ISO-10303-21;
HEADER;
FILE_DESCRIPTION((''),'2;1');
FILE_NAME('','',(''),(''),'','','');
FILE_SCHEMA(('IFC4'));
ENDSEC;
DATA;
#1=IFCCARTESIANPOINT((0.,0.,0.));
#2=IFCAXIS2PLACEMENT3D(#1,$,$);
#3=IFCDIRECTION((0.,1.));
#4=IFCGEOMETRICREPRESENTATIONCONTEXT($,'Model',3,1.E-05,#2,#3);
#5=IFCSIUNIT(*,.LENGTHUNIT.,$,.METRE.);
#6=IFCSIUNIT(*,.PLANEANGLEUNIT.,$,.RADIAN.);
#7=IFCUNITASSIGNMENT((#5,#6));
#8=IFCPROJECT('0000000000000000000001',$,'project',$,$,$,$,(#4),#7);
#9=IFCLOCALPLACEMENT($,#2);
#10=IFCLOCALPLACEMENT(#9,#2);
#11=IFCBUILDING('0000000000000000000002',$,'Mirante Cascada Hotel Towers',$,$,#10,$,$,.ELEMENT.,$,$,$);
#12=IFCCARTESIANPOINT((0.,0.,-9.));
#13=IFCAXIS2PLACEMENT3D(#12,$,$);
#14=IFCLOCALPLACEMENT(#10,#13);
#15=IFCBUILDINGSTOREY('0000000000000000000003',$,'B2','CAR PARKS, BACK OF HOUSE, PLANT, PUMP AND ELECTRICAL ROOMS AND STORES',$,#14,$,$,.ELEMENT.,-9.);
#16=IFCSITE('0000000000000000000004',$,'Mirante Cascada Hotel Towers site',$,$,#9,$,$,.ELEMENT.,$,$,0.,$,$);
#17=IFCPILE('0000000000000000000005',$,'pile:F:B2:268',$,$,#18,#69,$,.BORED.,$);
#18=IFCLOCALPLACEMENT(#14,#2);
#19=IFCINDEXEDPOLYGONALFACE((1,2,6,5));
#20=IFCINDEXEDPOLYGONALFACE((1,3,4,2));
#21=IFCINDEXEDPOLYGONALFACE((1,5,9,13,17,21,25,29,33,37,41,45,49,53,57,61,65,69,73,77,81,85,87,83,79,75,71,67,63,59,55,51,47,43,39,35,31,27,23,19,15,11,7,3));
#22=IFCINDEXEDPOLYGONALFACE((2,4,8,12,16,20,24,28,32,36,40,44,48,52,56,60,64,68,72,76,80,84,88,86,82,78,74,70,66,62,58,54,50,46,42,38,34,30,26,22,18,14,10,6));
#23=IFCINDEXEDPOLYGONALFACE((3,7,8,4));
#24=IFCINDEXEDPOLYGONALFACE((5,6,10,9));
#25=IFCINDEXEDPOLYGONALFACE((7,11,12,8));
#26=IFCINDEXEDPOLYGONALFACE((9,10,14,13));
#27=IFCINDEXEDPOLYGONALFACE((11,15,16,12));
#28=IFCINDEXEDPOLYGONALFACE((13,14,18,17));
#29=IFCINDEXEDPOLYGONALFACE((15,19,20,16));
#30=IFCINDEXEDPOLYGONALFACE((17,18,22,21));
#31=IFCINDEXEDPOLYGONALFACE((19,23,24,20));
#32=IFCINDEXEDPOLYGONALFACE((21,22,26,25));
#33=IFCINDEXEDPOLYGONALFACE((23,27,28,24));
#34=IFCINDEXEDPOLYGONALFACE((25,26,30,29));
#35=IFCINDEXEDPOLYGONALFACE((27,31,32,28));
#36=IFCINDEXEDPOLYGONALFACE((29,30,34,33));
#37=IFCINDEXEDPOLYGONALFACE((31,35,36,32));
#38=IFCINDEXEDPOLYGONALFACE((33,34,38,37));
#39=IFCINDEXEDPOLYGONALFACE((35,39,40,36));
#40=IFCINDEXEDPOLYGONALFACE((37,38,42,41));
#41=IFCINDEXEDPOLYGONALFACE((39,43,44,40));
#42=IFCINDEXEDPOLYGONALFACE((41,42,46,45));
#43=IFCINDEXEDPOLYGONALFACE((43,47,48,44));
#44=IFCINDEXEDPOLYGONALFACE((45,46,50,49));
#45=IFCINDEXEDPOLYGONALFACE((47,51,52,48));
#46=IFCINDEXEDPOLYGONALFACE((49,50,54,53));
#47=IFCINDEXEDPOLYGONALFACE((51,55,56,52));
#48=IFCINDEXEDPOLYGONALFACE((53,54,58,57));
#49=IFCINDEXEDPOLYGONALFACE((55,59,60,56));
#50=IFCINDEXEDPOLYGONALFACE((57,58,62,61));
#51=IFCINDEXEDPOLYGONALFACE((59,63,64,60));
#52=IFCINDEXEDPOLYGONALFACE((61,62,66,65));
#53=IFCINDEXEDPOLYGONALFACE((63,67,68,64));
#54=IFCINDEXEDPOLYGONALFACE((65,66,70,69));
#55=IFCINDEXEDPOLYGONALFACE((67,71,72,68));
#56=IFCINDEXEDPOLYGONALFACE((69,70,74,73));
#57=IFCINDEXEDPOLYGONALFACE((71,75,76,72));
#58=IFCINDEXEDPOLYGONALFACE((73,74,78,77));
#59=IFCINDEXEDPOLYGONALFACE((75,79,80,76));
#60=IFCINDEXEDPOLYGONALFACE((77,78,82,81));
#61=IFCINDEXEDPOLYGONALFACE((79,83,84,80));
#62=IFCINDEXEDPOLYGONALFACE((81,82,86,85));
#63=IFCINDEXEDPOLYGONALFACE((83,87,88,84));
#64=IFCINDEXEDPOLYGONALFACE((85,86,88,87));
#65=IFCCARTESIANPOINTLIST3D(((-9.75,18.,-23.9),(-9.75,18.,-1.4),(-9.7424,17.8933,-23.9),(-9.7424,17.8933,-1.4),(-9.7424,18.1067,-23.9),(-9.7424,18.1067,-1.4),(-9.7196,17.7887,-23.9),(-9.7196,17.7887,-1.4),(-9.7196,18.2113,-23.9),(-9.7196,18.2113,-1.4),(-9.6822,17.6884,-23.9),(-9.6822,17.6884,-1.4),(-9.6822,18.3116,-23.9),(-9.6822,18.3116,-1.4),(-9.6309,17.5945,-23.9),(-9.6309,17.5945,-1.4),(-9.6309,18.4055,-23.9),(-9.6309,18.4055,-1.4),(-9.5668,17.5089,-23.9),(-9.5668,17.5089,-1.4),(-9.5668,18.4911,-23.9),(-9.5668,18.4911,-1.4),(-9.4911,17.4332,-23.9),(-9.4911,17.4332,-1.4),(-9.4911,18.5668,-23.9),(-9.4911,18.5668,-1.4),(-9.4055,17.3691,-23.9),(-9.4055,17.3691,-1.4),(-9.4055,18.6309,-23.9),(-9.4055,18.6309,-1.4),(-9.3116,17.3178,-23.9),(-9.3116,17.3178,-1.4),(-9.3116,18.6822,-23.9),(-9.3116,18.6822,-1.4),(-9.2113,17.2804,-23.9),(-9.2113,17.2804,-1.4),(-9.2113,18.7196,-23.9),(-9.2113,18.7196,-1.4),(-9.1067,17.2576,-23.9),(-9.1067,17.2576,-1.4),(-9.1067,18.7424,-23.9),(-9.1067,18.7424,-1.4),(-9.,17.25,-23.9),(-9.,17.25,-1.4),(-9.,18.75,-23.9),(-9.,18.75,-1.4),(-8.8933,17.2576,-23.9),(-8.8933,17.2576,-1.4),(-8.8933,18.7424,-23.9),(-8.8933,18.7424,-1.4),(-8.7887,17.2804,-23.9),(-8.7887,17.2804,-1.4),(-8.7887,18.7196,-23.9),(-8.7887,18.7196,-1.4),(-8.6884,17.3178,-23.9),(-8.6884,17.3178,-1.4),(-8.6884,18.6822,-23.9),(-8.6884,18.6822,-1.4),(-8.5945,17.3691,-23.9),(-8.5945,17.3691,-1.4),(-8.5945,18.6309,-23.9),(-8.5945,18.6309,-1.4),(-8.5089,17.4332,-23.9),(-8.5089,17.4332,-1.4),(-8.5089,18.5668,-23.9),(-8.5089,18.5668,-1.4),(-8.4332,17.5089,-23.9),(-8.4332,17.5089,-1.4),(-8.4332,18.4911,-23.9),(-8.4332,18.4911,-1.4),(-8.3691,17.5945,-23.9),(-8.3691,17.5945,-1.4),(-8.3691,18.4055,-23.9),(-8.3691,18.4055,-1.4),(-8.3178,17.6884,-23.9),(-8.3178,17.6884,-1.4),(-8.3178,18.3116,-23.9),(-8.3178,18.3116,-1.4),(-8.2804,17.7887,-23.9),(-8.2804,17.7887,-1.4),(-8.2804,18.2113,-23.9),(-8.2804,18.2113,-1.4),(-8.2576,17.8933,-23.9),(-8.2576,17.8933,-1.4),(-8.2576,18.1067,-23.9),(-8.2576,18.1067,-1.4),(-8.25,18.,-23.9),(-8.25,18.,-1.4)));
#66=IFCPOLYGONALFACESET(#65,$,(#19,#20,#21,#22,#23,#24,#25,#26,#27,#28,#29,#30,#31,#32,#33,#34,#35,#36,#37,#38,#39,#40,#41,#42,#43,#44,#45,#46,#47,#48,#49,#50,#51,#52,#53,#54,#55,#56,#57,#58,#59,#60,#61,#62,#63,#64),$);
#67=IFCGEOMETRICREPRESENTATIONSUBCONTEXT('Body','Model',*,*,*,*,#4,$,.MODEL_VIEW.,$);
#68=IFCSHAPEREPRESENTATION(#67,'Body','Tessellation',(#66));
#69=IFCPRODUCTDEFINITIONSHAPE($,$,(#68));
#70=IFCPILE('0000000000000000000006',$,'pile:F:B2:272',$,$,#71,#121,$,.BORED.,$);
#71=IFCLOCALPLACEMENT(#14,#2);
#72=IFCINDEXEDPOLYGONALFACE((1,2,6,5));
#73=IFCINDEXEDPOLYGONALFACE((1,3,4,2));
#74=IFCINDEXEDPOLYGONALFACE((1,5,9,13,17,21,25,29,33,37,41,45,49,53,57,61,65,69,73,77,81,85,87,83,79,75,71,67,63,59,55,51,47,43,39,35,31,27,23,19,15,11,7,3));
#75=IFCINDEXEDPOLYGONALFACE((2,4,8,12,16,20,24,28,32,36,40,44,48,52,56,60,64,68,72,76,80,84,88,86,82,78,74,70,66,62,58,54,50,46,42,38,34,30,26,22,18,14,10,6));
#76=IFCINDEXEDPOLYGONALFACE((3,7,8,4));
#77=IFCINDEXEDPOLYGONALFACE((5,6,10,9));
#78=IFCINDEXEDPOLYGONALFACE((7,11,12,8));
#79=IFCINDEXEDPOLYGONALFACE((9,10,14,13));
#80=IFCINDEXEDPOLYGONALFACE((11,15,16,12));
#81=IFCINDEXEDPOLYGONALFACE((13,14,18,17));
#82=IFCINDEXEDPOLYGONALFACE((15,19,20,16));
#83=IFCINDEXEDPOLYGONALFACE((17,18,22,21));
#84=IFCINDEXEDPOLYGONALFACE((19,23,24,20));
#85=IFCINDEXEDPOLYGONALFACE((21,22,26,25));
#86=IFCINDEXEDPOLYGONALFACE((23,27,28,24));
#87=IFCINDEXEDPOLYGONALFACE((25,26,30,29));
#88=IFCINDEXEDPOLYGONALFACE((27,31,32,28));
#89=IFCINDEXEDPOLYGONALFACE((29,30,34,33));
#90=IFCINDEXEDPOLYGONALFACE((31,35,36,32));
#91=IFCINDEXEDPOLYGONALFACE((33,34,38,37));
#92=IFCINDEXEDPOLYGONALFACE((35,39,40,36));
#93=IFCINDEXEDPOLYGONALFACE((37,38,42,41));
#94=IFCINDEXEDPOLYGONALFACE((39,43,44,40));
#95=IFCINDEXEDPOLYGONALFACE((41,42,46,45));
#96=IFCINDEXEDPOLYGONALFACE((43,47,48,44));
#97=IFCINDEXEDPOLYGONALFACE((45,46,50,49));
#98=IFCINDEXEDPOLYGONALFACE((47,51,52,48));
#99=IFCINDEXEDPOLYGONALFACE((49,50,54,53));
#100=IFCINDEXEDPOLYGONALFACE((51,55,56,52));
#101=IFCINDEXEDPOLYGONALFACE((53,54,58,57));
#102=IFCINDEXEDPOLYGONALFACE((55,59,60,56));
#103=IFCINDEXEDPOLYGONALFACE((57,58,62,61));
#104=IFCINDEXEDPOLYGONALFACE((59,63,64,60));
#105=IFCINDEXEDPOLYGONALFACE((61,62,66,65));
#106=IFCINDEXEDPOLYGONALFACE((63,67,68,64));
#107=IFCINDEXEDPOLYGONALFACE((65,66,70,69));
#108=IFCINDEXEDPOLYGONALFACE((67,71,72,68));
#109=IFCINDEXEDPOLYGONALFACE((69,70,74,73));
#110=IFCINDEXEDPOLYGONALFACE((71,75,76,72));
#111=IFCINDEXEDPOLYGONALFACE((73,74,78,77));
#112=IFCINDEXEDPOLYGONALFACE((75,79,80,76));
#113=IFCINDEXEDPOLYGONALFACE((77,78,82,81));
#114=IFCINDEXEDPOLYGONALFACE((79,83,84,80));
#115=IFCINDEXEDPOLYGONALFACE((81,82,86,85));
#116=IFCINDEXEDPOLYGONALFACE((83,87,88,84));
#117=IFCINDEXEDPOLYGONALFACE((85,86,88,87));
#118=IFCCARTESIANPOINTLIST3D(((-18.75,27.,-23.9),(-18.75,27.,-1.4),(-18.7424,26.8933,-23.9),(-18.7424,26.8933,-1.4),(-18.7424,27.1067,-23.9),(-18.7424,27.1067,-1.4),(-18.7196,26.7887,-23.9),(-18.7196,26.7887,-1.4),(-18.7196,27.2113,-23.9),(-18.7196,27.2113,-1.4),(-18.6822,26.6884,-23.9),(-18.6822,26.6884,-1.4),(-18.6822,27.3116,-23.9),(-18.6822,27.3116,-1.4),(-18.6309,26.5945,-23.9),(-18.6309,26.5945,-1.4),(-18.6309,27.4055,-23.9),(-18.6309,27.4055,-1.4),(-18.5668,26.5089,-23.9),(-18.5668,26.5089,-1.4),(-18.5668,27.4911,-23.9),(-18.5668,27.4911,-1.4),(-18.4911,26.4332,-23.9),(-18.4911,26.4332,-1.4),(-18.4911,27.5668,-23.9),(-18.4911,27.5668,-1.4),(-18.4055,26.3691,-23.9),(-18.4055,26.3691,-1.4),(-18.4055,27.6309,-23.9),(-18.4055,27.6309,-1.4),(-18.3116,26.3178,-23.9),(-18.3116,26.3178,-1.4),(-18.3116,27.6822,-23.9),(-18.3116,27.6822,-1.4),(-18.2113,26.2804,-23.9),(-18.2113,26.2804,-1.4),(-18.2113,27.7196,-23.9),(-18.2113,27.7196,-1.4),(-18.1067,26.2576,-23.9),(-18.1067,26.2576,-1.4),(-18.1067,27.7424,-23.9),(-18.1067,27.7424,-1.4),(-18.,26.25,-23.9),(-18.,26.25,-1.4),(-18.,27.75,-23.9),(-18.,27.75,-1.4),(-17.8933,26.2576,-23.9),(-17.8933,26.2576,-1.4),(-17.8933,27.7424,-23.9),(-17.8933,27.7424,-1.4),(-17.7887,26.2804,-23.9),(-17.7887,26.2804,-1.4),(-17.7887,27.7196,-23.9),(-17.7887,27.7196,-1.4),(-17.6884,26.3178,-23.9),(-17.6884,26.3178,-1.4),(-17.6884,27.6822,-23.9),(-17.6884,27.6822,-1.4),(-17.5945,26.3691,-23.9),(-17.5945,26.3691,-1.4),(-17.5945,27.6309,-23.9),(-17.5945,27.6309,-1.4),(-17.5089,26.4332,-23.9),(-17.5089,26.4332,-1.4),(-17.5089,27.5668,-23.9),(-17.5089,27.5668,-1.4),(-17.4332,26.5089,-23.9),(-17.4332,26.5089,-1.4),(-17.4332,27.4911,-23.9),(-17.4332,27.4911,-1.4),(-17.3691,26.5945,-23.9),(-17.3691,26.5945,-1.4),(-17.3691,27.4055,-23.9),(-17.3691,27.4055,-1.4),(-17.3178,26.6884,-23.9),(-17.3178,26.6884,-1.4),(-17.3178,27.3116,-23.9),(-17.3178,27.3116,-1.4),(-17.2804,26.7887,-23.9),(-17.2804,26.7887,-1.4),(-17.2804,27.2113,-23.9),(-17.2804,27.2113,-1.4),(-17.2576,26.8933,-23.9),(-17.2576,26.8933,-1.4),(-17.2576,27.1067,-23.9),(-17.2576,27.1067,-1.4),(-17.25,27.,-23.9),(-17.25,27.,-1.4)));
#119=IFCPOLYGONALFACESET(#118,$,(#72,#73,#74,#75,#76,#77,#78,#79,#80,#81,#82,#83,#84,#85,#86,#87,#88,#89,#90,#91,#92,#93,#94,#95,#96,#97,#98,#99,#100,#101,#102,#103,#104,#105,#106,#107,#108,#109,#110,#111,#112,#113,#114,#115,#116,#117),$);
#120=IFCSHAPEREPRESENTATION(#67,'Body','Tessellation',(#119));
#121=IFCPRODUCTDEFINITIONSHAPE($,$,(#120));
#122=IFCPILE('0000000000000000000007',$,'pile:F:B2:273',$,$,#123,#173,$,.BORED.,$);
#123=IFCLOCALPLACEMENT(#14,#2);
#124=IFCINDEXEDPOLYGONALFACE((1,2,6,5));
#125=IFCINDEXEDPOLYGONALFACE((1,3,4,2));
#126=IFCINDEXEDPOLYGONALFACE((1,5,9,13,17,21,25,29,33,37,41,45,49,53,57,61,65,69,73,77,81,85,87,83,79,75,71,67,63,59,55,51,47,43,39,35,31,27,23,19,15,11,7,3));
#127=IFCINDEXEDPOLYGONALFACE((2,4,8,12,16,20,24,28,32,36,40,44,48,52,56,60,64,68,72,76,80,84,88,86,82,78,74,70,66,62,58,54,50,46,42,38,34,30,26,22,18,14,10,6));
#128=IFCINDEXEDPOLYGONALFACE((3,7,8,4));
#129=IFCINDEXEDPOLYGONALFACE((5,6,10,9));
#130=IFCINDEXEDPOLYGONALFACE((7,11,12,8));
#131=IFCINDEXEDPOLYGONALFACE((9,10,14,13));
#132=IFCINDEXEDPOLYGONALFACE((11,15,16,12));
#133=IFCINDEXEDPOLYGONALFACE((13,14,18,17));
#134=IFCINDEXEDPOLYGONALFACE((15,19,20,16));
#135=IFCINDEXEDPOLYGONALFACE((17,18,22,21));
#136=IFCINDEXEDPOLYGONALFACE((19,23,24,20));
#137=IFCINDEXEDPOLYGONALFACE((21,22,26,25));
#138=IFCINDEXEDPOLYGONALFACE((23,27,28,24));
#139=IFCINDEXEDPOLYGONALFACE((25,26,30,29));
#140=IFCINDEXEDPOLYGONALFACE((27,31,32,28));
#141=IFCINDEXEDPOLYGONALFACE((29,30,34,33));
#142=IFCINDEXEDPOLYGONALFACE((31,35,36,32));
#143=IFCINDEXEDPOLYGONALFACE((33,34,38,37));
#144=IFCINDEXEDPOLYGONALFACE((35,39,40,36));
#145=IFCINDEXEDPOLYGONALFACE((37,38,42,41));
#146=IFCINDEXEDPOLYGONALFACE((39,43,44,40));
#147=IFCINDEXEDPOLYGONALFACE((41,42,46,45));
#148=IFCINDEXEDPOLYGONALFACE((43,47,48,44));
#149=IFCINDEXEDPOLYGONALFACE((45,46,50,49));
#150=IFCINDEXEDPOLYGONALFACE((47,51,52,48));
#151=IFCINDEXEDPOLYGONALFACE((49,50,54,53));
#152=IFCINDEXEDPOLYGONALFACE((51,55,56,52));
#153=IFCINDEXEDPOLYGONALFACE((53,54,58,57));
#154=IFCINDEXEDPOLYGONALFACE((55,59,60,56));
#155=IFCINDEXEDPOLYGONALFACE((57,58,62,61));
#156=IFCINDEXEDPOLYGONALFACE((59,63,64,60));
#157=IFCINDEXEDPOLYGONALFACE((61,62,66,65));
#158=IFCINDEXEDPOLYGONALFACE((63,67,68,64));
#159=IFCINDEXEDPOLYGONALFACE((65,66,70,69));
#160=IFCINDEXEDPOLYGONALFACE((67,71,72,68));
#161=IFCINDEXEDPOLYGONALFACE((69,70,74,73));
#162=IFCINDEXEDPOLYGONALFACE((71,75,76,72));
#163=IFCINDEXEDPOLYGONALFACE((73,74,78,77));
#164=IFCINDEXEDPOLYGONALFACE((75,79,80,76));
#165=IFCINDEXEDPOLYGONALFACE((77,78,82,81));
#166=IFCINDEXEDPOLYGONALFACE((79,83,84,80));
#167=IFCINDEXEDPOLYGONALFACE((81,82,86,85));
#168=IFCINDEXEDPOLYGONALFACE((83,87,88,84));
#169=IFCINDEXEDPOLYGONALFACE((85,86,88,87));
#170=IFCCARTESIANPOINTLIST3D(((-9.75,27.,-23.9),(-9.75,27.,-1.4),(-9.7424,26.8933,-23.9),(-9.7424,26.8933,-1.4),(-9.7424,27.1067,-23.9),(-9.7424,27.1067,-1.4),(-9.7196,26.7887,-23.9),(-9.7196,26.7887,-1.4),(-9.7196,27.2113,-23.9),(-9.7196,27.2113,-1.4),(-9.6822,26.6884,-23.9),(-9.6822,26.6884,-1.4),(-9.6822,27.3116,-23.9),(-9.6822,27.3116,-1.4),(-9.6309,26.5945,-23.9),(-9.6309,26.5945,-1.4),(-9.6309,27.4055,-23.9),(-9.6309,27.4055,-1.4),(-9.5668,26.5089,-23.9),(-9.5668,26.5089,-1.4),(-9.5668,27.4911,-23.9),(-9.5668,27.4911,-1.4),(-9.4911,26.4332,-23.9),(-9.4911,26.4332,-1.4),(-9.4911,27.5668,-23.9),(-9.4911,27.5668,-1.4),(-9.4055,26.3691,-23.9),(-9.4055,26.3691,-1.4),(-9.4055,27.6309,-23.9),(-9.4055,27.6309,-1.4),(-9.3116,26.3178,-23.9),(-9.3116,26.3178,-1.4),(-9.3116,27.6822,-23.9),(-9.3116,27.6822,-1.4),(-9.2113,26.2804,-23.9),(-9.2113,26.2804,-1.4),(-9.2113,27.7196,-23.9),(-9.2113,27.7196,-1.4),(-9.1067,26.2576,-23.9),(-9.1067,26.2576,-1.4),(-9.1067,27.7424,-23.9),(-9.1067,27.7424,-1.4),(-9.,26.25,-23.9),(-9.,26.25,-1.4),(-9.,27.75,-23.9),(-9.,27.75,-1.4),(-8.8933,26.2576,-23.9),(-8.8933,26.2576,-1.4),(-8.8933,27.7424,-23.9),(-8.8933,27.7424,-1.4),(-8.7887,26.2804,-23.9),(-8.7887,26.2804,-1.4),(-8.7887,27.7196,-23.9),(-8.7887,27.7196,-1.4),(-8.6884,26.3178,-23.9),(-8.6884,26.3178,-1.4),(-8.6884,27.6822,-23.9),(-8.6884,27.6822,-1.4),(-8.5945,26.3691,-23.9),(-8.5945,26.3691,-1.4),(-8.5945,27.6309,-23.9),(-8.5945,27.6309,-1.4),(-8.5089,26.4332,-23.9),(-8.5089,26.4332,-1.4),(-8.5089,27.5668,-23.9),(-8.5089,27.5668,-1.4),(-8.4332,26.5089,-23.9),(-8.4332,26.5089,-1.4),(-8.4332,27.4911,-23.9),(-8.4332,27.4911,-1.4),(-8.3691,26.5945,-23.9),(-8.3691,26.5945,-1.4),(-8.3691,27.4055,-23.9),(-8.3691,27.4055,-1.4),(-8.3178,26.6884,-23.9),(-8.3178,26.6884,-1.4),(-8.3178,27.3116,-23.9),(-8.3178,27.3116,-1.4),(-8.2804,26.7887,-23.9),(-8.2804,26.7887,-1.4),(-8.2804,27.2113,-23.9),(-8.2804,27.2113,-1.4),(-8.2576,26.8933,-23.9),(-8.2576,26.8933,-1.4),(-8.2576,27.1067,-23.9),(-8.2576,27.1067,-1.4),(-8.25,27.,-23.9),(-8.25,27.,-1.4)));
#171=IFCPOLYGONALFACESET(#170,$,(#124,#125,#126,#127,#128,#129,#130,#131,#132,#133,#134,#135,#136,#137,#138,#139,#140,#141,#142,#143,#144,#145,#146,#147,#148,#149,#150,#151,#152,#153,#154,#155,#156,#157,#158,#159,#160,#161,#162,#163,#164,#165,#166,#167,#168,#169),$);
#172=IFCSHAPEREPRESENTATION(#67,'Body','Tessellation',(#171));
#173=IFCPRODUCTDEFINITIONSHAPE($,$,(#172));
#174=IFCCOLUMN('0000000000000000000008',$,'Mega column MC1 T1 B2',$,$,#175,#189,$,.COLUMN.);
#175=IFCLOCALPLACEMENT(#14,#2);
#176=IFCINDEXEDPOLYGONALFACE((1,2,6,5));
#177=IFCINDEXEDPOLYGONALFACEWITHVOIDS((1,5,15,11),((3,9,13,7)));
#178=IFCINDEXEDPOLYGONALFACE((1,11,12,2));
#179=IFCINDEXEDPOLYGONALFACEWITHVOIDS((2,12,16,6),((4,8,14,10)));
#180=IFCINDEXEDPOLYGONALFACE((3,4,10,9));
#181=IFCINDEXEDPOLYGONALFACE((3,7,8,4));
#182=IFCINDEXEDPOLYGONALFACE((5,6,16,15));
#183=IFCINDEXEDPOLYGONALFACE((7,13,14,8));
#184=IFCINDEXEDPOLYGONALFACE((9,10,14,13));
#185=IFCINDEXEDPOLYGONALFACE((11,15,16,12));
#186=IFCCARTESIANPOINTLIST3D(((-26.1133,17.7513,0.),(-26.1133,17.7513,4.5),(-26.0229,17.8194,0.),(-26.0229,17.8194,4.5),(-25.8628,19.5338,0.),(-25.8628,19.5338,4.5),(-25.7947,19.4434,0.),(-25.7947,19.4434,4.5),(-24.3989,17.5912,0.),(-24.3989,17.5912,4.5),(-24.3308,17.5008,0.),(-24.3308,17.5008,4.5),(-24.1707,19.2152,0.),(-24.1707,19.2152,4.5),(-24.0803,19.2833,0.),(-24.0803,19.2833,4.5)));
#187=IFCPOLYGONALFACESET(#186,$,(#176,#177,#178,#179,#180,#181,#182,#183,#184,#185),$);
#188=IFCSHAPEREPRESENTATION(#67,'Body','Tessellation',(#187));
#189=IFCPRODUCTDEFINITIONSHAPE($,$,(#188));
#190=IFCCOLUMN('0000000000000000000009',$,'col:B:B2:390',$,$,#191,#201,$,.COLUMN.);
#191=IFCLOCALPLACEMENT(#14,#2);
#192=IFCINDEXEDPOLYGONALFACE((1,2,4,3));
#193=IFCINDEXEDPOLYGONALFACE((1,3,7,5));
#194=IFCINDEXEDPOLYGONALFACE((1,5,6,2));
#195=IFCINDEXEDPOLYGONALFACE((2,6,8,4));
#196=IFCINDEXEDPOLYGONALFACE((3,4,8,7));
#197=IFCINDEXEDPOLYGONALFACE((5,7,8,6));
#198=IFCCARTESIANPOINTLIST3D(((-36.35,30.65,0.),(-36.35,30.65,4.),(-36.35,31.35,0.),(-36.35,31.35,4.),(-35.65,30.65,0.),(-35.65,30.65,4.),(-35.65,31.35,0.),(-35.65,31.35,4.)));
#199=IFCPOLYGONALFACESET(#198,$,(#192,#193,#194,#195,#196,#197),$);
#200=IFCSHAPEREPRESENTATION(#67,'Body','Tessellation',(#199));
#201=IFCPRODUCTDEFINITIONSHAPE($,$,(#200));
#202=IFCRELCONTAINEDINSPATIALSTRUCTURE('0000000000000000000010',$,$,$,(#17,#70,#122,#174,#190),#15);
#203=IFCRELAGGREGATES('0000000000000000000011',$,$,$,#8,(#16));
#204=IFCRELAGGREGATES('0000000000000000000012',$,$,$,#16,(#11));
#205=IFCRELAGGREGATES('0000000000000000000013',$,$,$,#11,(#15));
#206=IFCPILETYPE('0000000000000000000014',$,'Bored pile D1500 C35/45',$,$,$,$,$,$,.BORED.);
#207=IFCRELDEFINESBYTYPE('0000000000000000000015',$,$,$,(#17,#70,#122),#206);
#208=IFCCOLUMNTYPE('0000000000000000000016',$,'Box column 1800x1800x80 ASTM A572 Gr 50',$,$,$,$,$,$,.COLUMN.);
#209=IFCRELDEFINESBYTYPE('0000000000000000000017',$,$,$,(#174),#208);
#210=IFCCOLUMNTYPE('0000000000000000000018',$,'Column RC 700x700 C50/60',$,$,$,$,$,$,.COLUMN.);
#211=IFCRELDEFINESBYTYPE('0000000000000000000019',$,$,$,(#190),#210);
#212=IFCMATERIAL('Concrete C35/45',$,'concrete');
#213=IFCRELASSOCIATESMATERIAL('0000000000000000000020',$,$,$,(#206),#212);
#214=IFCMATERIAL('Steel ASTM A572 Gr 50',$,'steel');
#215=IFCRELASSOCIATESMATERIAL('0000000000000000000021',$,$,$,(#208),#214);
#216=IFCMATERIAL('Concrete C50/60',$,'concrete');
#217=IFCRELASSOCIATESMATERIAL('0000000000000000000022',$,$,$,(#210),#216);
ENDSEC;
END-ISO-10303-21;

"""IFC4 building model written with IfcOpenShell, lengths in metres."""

from ifc_helpers import new_model, si_unit, direction, frame, origin, origin_2d, place, context, subcontext, project, spatial, rectangle, hollow_rectangle, circle, extrude, material, material_profile, profile_set, type_object, element, save


model = new_model("IFC4")

# Units and contexts
model_context = context("Model", 3, precision=1e-05, world=origin(), true_north=direction((0.0, 1.0)))
body_context = subcontext(model_context, "Body", "Model", "MODEL_VIEW")
ifc_project = project(units=[si_unit("LENGTHUNIT", "METRE"), si_unit("PLANEANGLEUNIT", "RADIAN")], contexts=[model_context])

# Site, building, storey
site_placement = place(None, origin())
site = spatial("IfcSite", under=ifc_project, at=site_placement, Name="Mirante Cascada Hotel Towers site", CompositionType="ELEMENT", RefElevation=0.0)
building_placement = place(site_placement, origin())
building = spatial("IfcBuilding", under=site, at=building_placement, Name="Mirante Cascada Hotel Towers", CompositionType="ELEMENT")
storey_placement = place(building_placement, frame((0.0, 0.0, -9.0)))
storey = spatial("IfcBuildingStorey", under=building, at=storey_placement, Name="B2", Description="CAR PARKS, BACK OF HOUSE, PLANT, PUMP AND ELECTRICAL ROOMS AND STORES", CompositionType="ELEMENT", Elevation=-9.0)

# Piles
ifc_material_1 = material(Name="Concrete C35/45", Category="concrete")
ifc_material_profile_1 = material_profile(ifc_material_1, circle(Radius=0.75, at=origin_2d()), Name="RC D1500")
ifc_profile_set_1 = profile_set([ifc_material_profile_1], Name="Concrete C35/45")
pile_type = type_object("IfcPileType", Name="Bored pile D1500 C35/45", PredefinedType="BORED", material=ifc_profile_set_1)
for number, where, z_axis, x_axis, name in (
    (1, (-9.0, 18.0, -1.4), (0.0, 0.0, -1.0), (1.0, 0.0, 0.0), "pile:F:B2:268"),
    (2, (-18.0, 27.0, -1.4), (0.0, 0.0, -1.0), (1.0, 0.0, 0.0), "pile:F:B2:272"),
    (3, (-9.0, 27.0, -1.4), (0.0, 0.0, -1.0), (1.0, 0.0, 0.0), "pile:F:B2:273"),
):
    element("IfcPile", number, at=place(storey_placement, frame(where, z_axis=z_axis, x_axis=x_axis)), inside=storey, type_object=pile_type, Name=name, PredefinedType="BORED", context=body_context, shape_type="SweptSolid", body=[
        extrude(circle(Radius=0.75, at=origin_2d()), origin(), (0.0, 0.0, 1.0), 22.5),
    ])

# Columns
ifc_material_2 = material(Name="Steel ASTM A572 Gr 50", Category="steel")
ifc_material_profile_2 = material_profile(ifc_material_2, hollow_rectangle(XDim=1.8, YDim=1.8, WallThickness=0.08, at=origin_2d()), Name="Box column 1800x1800x80 ASTM A572 Gr 50")
ifc_profile_set_2 = profile_set([ifc_material_profile_2], Name="Steel ASTM A572 Gr 50")
column_type_1 = type_object("IfcColumnType", Name="Box column 1800x1800x80 ASTM A572 Gr 50", PredefinedType="COLUMN", material=ifc_profile_set_2)
column_1_placement = place(storey_placement, frame((-25.0968, 18.5173, 0.0), z_axis=(0.0, 0.0, 1.0), x_axis=(-0.990268, 0.139173, 0.0)))
element("IfcColumn", 4, at=column_1_placement, inside=storey, type_object=column_type_1, Name="Mega column MC1 T1 B2", PredefinedType="COLUMN", context=body_context, shape_type="SweptSolid", body=[
    extrude(hollow_rectangle(XDim=1.8, YDim=1.8, WallThickness=0.08, at=origin_2d()), origin(), (0.0, 0.0, 1.0), 4.5),
])
ifc_material_3 = material(Name="Concrete C50/60", Category="concrete")
ifc_material_profile_3 = material_profile(ifc_material_3, rectangle(XDim=0.7, YDim=0.7, at=origin_2d()), Name="RC 700x700")
ifc_profile_set_3 = profile_set([ifc_material_profile_3], Name="Concrete C50/60")
column_type_2 = type_object("IfcColumnType", Name="Column RC 700x700 C50/60", PredefinedType="COLUMN", material=ifc_profile_set_3)
column_2_placement = place(storey_placement, frame((-36.0, 31.0, 0.0), z_axis=(0.0, 0.0, 1.0), x_axis=(1.0, 0.0, 0.0)))
element("IfcColumn", 5, at=column_2_placement, inside=storey, type_object=column_type_2, Name="col:B:B2:390", PredefinedType="COLUMN", context=body_context, shape_type="SweptSolid", body=[
    extrude(rectangle(XDim=0.7, YDim=0.7, at=origin_2d()), origin(), (0.0, 0.0, 1.0), 4.0),
])

save(model, "model.ifc")
